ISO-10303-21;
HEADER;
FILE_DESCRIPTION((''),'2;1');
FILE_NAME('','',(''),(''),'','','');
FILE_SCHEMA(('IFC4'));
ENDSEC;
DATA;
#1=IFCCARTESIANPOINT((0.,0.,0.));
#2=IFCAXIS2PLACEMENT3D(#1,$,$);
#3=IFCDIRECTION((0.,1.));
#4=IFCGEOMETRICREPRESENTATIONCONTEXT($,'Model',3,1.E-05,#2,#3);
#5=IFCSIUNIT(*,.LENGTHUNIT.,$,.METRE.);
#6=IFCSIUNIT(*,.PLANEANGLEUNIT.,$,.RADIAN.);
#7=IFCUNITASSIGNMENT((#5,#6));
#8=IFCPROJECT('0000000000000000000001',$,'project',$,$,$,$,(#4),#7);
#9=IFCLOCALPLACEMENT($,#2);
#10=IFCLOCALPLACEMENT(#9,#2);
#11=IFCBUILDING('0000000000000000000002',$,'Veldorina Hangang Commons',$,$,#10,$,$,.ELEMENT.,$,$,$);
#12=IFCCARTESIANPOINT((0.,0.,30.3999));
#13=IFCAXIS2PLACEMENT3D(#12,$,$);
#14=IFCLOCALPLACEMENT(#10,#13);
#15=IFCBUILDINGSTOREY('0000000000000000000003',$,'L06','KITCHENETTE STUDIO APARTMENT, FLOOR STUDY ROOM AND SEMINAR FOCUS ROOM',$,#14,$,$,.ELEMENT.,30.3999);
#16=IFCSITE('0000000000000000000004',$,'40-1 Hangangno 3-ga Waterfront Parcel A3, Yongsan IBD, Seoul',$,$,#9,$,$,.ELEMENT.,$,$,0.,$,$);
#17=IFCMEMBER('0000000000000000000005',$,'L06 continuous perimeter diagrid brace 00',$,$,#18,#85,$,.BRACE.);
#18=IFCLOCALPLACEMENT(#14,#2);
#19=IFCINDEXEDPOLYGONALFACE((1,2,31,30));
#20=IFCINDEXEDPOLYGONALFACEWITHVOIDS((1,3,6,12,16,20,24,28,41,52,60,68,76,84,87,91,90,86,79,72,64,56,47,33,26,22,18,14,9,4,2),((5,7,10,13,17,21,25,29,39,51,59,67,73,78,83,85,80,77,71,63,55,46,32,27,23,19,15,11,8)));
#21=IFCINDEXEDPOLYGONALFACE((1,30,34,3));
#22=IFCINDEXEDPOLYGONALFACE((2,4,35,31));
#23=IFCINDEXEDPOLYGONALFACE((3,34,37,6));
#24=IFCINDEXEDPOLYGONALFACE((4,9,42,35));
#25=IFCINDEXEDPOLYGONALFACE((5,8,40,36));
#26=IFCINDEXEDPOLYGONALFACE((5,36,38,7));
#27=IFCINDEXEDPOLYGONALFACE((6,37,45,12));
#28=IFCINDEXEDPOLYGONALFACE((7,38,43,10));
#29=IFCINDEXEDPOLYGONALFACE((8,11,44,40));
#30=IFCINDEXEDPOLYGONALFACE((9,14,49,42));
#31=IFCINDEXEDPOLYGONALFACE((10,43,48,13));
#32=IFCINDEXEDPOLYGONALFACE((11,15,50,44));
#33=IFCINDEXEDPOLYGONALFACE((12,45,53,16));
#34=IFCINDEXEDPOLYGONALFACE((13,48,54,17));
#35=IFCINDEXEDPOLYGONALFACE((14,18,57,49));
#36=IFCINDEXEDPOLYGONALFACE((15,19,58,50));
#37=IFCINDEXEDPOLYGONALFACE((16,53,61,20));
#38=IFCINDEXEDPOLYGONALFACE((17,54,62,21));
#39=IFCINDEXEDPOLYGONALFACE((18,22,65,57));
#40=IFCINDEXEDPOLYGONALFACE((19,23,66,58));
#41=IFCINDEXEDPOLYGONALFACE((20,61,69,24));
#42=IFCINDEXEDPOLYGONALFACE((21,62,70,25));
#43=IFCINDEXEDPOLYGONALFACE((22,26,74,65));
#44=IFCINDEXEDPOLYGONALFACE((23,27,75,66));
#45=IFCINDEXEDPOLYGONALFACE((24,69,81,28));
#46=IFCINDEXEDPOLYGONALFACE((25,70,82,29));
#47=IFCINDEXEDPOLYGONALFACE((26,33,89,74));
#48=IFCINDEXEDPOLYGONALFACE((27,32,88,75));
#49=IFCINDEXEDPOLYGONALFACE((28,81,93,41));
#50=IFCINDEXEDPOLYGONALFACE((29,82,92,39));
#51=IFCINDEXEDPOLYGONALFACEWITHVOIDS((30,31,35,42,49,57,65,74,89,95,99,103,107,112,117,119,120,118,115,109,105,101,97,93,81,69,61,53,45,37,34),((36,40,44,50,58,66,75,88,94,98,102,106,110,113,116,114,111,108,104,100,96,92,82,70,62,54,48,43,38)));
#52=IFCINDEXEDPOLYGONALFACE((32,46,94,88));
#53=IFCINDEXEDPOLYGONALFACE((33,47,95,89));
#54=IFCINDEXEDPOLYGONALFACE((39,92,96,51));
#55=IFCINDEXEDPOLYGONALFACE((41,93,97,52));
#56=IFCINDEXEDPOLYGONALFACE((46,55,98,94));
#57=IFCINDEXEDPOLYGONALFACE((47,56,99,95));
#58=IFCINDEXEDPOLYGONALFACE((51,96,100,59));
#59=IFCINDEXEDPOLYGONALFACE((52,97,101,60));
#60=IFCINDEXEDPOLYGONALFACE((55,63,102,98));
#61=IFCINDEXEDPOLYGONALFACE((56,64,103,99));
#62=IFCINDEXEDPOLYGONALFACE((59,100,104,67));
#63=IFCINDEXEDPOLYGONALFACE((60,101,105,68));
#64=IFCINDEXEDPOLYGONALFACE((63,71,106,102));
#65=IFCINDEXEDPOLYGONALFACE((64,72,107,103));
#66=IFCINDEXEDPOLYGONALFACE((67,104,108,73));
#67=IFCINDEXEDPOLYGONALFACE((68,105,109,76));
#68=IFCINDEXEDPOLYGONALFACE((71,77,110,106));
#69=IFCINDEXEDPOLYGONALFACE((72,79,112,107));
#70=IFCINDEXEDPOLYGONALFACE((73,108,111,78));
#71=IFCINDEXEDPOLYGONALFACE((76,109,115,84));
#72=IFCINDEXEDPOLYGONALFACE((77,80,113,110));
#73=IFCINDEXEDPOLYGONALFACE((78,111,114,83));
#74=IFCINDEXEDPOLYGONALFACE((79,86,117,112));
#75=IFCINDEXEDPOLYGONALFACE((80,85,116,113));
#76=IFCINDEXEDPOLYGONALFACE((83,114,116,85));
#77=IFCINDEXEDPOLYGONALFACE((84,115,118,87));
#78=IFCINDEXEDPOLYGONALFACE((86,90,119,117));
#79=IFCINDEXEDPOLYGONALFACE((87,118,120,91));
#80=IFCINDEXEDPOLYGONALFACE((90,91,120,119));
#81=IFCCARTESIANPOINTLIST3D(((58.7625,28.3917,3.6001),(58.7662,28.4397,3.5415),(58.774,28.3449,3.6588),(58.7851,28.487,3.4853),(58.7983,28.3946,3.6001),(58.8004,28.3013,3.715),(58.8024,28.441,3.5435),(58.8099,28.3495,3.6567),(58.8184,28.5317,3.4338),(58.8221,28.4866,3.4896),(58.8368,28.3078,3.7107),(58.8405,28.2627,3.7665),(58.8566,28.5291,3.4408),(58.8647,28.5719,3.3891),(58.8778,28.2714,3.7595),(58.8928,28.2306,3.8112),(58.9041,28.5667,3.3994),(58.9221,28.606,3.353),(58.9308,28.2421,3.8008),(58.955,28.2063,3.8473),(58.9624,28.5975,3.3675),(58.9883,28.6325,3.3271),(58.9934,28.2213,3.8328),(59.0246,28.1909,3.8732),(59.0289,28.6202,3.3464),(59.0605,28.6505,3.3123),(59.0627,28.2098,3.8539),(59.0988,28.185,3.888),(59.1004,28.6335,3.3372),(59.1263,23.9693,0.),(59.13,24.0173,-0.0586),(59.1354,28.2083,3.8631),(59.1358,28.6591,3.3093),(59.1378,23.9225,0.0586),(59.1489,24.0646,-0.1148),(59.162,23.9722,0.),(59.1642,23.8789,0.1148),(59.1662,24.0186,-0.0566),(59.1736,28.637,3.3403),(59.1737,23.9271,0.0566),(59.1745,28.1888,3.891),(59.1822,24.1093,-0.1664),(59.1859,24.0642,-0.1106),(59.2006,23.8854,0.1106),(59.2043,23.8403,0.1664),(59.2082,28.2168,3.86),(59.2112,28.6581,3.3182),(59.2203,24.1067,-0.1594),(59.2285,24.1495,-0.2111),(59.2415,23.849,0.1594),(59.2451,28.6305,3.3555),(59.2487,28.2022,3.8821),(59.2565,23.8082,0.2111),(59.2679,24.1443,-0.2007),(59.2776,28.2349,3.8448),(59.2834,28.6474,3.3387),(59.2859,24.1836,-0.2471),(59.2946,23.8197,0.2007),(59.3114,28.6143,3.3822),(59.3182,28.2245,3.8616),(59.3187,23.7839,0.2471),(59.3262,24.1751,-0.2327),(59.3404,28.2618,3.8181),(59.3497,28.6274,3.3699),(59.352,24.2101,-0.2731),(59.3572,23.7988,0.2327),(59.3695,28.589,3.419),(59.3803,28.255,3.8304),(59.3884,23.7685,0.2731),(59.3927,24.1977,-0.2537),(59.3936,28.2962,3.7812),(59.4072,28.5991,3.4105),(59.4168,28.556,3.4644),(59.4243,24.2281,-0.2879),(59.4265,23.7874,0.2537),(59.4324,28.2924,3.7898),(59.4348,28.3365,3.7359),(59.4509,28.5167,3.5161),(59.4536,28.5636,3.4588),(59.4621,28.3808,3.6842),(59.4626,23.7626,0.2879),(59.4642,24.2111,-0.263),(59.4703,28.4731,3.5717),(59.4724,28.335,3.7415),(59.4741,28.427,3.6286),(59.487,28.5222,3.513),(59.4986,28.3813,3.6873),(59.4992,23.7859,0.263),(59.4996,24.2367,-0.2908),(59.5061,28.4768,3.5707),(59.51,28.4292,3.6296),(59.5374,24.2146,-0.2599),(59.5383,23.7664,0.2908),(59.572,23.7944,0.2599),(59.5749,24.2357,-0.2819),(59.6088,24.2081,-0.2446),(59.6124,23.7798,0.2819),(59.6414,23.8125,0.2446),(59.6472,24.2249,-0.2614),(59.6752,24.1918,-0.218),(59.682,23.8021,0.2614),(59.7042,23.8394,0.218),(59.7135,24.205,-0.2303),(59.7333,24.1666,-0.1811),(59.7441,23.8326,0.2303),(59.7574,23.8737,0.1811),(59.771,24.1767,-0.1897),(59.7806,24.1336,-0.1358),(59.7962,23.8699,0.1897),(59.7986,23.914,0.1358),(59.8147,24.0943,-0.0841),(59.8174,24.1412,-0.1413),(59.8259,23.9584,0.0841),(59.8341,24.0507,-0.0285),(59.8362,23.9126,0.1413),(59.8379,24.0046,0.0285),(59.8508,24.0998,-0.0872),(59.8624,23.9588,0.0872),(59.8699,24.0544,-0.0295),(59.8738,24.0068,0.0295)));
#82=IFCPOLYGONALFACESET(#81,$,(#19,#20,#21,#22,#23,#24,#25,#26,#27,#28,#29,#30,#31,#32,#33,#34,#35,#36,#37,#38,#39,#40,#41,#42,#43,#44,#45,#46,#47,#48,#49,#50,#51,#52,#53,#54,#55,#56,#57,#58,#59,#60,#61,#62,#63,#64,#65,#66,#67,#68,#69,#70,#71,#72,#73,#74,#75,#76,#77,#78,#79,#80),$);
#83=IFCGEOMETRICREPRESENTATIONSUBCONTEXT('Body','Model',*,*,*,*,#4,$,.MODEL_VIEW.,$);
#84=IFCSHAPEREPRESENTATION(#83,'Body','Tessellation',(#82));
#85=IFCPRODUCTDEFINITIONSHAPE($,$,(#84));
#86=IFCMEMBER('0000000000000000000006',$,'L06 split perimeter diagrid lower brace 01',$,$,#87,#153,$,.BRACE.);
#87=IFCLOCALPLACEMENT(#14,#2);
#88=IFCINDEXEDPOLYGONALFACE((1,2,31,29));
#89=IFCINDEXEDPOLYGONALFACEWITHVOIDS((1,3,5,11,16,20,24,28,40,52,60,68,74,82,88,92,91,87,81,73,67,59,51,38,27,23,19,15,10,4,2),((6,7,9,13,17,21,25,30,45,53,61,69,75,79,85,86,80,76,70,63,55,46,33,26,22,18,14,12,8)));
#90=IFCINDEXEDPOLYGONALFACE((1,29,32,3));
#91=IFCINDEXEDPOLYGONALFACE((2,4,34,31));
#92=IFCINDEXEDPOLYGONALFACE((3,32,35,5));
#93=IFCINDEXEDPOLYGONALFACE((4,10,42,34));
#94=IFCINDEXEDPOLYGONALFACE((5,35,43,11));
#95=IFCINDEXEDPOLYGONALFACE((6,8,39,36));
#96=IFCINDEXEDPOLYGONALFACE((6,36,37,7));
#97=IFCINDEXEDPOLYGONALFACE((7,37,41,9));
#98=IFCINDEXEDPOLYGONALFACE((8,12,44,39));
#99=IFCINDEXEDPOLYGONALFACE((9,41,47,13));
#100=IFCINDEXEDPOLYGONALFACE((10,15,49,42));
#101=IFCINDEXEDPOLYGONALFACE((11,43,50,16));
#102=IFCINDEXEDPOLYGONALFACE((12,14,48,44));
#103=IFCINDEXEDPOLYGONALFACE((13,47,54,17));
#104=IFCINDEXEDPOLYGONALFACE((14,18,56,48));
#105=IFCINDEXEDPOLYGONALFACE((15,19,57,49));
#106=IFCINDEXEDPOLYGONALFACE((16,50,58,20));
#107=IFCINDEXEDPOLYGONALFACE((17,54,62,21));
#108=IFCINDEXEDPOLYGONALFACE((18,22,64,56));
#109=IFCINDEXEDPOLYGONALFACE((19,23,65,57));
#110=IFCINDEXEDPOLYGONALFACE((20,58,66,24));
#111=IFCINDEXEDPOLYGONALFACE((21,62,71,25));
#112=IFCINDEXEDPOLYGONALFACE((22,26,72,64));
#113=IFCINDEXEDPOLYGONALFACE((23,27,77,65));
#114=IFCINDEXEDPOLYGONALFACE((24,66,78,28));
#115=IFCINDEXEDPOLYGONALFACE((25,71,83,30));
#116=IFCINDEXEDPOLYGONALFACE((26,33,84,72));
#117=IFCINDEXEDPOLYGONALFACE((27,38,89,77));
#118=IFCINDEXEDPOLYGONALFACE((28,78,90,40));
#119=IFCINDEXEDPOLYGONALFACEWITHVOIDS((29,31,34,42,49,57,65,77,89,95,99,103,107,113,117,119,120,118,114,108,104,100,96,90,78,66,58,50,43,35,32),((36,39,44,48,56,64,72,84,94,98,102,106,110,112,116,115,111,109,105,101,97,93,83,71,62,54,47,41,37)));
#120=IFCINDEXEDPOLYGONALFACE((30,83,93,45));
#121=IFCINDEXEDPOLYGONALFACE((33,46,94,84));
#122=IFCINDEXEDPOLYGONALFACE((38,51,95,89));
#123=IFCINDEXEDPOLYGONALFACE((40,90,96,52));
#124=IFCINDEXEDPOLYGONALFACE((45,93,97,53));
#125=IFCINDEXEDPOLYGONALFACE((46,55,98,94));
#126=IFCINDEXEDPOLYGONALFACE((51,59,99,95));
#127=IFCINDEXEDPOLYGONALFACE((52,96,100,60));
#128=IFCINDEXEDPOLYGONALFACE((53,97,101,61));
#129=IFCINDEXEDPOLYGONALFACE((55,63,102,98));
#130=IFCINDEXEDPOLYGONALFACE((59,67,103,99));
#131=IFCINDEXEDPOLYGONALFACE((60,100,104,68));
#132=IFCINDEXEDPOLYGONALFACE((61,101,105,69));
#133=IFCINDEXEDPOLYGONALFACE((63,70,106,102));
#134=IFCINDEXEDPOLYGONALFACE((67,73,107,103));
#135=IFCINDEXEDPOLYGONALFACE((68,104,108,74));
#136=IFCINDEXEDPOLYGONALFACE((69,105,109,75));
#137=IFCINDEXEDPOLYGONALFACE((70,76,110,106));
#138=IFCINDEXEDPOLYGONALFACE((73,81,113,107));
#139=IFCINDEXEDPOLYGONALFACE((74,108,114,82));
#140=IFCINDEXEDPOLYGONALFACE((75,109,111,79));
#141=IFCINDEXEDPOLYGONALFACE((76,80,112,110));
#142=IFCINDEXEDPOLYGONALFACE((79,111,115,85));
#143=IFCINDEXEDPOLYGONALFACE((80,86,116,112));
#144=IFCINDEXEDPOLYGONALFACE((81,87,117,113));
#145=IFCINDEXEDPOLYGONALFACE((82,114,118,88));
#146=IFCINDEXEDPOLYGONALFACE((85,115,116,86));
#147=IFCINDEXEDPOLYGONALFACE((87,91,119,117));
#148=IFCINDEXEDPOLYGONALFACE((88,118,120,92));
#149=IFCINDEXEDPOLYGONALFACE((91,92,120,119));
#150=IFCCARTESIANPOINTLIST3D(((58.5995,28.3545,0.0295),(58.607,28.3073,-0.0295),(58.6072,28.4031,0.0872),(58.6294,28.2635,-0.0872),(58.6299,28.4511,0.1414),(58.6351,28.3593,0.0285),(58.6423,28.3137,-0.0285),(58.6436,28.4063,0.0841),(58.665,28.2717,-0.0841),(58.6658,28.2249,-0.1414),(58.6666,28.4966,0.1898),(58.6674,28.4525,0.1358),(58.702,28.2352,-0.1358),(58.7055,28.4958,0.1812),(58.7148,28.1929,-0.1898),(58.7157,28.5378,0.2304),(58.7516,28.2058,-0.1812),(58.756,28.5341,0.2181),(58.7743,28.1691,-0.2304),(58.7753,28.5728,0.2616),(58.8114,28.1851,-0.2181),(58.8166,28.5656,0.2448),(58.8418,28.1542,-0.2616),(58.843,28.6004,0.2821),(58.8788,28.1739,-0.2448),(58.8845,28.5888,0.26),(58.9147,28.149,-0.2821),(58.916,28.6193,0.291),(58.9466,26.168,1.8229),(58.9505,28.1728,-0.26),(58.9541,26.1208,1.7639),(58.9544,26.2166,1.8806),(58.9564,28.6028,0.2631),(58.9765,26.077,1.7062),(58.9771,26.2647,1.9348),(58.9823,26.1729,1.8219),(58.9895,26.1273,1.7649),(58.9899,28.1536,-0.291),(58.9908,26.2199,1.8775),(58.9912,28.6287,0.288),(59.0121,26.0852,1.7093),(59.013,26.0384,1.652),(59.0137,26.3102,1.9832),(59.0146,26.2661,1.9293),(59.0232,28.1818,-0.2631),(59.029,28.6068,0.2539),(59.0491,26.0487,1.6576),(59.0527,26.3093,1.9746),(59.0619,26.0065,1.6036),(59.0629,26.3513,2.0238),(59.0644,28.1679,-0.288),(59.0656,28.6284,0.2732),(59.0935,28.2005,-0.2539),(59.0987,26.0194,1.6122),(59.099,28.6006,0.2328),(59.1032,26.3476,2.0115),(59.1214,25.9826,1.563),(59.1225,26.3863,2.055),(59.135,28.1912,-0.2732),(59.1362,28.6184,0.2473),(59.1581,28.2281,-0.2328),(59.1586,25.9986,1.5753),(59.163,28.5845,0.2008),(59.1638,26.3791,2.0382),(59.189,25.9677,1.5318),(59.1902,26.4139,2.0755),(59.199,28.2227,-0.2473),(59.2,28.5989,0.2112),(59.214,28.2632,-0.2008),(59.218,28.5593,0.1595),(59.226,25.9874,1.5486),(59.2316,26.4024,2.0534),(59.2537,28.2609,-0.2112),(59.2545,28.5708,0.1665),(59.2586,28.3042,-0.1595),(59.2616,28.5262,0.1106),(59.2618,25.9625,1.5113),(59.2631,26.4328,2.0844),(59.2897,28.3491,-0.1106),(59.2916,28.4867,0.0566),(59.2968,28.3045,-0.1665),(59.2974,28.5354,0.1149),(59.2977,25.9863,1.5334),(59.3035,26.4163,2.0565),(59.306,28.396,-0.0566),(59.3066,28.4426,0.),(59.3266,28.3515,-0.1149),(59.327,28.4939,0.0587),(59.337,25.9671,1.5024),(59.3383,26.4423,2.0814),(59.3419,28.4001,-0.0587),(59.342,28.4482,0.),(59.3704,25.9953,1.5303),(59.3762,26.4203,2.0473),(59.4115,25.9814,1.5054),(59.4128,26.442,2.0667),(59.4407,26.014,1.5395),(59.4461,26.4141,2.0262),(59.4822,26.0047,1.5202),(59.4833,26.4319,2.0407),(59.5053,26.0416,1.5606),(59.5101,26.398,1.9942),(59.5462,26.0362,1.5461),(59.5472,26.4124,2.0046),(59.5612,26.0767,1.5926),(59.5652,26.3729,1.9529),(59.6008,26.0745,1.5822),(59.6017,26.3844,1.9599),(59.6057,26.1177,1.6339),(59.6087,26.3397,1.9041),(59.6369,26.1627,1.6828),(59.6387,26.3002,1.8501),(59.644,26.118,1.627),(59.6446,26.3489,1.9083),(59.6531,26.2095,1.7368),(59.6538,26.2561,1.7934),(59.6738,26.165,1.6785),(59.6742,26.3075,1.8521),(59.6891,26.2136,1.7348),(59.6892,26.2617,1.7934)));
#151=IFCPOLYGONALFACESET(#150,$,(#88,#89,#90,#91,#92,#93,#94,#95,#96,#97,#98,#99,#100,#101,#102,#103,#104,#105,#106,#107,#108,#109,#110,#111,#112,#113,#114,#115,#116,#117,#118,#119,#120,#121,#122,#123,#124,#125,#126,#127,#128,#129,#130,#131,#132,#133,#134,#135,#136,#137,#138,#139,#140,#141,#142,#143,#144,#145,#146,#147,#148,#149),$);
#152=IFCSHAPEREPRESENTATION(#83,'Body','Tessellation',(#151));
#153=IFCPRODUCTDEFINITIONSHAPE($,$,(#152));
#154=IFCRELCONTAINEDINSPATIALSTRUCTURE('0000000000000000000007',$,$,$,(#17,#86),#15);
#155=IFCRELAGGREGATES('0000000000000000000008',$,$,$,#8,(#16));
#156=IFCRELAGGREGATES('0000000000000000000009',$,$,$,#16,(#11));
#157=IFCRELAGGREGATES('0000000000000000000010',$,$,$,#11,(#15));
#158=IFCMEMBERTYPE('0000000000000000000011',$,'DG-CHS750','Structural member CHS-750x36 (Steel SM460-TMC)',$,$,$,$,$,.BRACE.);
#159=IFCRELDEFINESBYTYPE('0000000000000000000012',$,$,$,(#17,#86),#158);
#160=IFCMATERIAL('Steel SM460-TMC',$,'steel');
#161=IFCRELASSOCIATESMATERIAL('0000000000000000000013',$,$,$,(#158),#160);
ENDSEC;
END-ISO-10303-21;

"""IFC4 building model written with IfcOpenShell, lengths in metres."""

from ifc_helpers import new_model, si_unit, direction, frame, origin, origin_2d, place, context, subcontext, project, spatial, hollow_circle, extrude, material, material_profile, profile_set, type_object, element, save


model = new_model("IFC4")

# Units and contexts
model_context = context("Model", 3, precision=1e-05, world=origin(), true_north=direction((0.0, 1.0)))
body_context = subcontext(model_context, "Body", "Model", "MODEL_VIEW")
ifc_project = project(units=[si_unit("LENGTHUNIT", "METRE"), si_unit("PLANEANGLEUNIT", "RADIAN")], contexts=[model_context])

# Site, building, storey
site_placement = place(None, origin())
site = spatial("IfcSite", under=ifc_project, at=site_placement, Name="40-1 Hangangno 3-ga Waterfront Parcel A3, Yongsan IBD, Seoul", CompositionType="ELEMENT", RefElevation=0.0)
building_placement = place(site_placement, origin())
building = spatial("IfcBuilding", under=site, at=building_placement, Name="Veldorina Hangang Commons", CompositionType="ELEMENT")
storey_placement = place(building_placement, frame((0.0, 0.0, 30.3999)))
storey = spatial("IfcBuildingStorey", under=building, at=storey_placement, Name="L06", Description="KITCHENETTE STUDIO APARTMENT, FLOOR STUDY ROOM AND SEMINAR FOCUS ROOM", CompositionType="ELEMENT", Elevation=30.3999)

# Shared definitions
ifc_material_1 = material(Name="Steel SM460-TMC", Category="steel")

# Members
ifc_material_profile_1 = material_profile(ifc_material_1, hollow_circle(Radius=0.375, WallThickness=0.0359, at=origin_2d()), Name="CHS-750x36")
ifc_profile_set_1 = profile_set([ifc_material_profile_1], Name="Steel SM460-TMC")
member_type = type_object("IfcMemberType", Name="DG-CHS750", Description="Structural member CHS-750x36 (Steel SM460-TMC)", PredefinedType="BRACE", material=ifc_profile_set_1)
member_1_placement = place(storey_placement, frame((59.5, 24.0, 0.0), z_axis=(-0.063662, 0.773946, 0.630043), x_axis=(-0.996634, -0.08198, 0.0)))
element("IfcMember", 1, at=member_1_placement, inside=storey, type_object=member_type, Name="L06 continuous perimeter diagrid brace 00", PredefinedType="BRACE", context=body_context, shape_type="SweptSolid", body=[
    extrude(hollow_circle(Radius=0.375, WallThickness=0.0359, at=origin_2d()), origin(), (0.0, 0.0, 1.0), 5.7141),
])
member_2_placement = place(storey_placement, frame((58.9717, 28.3894, 0.0), z_axis=(0.121848, -0.767419, 0.629461), x_axis=(0.987628, 0.156812, 0.0)))
element("IfcMember", 2, at=member_2_placement, inside=storey, type_object=member_type, Name="L06 split perimeter diagrid lower brace 01", PredefinedType="BRACE", context=body_context, shape_type="SweptSolid", body=[
    extrude(hollow_circle(Radius=0.375, WallThickness=0.0359, at=origin_2d()), origin(), (0.0, 0.0, 1.0), 2.8491),
])

save(model, "model.ifc")
